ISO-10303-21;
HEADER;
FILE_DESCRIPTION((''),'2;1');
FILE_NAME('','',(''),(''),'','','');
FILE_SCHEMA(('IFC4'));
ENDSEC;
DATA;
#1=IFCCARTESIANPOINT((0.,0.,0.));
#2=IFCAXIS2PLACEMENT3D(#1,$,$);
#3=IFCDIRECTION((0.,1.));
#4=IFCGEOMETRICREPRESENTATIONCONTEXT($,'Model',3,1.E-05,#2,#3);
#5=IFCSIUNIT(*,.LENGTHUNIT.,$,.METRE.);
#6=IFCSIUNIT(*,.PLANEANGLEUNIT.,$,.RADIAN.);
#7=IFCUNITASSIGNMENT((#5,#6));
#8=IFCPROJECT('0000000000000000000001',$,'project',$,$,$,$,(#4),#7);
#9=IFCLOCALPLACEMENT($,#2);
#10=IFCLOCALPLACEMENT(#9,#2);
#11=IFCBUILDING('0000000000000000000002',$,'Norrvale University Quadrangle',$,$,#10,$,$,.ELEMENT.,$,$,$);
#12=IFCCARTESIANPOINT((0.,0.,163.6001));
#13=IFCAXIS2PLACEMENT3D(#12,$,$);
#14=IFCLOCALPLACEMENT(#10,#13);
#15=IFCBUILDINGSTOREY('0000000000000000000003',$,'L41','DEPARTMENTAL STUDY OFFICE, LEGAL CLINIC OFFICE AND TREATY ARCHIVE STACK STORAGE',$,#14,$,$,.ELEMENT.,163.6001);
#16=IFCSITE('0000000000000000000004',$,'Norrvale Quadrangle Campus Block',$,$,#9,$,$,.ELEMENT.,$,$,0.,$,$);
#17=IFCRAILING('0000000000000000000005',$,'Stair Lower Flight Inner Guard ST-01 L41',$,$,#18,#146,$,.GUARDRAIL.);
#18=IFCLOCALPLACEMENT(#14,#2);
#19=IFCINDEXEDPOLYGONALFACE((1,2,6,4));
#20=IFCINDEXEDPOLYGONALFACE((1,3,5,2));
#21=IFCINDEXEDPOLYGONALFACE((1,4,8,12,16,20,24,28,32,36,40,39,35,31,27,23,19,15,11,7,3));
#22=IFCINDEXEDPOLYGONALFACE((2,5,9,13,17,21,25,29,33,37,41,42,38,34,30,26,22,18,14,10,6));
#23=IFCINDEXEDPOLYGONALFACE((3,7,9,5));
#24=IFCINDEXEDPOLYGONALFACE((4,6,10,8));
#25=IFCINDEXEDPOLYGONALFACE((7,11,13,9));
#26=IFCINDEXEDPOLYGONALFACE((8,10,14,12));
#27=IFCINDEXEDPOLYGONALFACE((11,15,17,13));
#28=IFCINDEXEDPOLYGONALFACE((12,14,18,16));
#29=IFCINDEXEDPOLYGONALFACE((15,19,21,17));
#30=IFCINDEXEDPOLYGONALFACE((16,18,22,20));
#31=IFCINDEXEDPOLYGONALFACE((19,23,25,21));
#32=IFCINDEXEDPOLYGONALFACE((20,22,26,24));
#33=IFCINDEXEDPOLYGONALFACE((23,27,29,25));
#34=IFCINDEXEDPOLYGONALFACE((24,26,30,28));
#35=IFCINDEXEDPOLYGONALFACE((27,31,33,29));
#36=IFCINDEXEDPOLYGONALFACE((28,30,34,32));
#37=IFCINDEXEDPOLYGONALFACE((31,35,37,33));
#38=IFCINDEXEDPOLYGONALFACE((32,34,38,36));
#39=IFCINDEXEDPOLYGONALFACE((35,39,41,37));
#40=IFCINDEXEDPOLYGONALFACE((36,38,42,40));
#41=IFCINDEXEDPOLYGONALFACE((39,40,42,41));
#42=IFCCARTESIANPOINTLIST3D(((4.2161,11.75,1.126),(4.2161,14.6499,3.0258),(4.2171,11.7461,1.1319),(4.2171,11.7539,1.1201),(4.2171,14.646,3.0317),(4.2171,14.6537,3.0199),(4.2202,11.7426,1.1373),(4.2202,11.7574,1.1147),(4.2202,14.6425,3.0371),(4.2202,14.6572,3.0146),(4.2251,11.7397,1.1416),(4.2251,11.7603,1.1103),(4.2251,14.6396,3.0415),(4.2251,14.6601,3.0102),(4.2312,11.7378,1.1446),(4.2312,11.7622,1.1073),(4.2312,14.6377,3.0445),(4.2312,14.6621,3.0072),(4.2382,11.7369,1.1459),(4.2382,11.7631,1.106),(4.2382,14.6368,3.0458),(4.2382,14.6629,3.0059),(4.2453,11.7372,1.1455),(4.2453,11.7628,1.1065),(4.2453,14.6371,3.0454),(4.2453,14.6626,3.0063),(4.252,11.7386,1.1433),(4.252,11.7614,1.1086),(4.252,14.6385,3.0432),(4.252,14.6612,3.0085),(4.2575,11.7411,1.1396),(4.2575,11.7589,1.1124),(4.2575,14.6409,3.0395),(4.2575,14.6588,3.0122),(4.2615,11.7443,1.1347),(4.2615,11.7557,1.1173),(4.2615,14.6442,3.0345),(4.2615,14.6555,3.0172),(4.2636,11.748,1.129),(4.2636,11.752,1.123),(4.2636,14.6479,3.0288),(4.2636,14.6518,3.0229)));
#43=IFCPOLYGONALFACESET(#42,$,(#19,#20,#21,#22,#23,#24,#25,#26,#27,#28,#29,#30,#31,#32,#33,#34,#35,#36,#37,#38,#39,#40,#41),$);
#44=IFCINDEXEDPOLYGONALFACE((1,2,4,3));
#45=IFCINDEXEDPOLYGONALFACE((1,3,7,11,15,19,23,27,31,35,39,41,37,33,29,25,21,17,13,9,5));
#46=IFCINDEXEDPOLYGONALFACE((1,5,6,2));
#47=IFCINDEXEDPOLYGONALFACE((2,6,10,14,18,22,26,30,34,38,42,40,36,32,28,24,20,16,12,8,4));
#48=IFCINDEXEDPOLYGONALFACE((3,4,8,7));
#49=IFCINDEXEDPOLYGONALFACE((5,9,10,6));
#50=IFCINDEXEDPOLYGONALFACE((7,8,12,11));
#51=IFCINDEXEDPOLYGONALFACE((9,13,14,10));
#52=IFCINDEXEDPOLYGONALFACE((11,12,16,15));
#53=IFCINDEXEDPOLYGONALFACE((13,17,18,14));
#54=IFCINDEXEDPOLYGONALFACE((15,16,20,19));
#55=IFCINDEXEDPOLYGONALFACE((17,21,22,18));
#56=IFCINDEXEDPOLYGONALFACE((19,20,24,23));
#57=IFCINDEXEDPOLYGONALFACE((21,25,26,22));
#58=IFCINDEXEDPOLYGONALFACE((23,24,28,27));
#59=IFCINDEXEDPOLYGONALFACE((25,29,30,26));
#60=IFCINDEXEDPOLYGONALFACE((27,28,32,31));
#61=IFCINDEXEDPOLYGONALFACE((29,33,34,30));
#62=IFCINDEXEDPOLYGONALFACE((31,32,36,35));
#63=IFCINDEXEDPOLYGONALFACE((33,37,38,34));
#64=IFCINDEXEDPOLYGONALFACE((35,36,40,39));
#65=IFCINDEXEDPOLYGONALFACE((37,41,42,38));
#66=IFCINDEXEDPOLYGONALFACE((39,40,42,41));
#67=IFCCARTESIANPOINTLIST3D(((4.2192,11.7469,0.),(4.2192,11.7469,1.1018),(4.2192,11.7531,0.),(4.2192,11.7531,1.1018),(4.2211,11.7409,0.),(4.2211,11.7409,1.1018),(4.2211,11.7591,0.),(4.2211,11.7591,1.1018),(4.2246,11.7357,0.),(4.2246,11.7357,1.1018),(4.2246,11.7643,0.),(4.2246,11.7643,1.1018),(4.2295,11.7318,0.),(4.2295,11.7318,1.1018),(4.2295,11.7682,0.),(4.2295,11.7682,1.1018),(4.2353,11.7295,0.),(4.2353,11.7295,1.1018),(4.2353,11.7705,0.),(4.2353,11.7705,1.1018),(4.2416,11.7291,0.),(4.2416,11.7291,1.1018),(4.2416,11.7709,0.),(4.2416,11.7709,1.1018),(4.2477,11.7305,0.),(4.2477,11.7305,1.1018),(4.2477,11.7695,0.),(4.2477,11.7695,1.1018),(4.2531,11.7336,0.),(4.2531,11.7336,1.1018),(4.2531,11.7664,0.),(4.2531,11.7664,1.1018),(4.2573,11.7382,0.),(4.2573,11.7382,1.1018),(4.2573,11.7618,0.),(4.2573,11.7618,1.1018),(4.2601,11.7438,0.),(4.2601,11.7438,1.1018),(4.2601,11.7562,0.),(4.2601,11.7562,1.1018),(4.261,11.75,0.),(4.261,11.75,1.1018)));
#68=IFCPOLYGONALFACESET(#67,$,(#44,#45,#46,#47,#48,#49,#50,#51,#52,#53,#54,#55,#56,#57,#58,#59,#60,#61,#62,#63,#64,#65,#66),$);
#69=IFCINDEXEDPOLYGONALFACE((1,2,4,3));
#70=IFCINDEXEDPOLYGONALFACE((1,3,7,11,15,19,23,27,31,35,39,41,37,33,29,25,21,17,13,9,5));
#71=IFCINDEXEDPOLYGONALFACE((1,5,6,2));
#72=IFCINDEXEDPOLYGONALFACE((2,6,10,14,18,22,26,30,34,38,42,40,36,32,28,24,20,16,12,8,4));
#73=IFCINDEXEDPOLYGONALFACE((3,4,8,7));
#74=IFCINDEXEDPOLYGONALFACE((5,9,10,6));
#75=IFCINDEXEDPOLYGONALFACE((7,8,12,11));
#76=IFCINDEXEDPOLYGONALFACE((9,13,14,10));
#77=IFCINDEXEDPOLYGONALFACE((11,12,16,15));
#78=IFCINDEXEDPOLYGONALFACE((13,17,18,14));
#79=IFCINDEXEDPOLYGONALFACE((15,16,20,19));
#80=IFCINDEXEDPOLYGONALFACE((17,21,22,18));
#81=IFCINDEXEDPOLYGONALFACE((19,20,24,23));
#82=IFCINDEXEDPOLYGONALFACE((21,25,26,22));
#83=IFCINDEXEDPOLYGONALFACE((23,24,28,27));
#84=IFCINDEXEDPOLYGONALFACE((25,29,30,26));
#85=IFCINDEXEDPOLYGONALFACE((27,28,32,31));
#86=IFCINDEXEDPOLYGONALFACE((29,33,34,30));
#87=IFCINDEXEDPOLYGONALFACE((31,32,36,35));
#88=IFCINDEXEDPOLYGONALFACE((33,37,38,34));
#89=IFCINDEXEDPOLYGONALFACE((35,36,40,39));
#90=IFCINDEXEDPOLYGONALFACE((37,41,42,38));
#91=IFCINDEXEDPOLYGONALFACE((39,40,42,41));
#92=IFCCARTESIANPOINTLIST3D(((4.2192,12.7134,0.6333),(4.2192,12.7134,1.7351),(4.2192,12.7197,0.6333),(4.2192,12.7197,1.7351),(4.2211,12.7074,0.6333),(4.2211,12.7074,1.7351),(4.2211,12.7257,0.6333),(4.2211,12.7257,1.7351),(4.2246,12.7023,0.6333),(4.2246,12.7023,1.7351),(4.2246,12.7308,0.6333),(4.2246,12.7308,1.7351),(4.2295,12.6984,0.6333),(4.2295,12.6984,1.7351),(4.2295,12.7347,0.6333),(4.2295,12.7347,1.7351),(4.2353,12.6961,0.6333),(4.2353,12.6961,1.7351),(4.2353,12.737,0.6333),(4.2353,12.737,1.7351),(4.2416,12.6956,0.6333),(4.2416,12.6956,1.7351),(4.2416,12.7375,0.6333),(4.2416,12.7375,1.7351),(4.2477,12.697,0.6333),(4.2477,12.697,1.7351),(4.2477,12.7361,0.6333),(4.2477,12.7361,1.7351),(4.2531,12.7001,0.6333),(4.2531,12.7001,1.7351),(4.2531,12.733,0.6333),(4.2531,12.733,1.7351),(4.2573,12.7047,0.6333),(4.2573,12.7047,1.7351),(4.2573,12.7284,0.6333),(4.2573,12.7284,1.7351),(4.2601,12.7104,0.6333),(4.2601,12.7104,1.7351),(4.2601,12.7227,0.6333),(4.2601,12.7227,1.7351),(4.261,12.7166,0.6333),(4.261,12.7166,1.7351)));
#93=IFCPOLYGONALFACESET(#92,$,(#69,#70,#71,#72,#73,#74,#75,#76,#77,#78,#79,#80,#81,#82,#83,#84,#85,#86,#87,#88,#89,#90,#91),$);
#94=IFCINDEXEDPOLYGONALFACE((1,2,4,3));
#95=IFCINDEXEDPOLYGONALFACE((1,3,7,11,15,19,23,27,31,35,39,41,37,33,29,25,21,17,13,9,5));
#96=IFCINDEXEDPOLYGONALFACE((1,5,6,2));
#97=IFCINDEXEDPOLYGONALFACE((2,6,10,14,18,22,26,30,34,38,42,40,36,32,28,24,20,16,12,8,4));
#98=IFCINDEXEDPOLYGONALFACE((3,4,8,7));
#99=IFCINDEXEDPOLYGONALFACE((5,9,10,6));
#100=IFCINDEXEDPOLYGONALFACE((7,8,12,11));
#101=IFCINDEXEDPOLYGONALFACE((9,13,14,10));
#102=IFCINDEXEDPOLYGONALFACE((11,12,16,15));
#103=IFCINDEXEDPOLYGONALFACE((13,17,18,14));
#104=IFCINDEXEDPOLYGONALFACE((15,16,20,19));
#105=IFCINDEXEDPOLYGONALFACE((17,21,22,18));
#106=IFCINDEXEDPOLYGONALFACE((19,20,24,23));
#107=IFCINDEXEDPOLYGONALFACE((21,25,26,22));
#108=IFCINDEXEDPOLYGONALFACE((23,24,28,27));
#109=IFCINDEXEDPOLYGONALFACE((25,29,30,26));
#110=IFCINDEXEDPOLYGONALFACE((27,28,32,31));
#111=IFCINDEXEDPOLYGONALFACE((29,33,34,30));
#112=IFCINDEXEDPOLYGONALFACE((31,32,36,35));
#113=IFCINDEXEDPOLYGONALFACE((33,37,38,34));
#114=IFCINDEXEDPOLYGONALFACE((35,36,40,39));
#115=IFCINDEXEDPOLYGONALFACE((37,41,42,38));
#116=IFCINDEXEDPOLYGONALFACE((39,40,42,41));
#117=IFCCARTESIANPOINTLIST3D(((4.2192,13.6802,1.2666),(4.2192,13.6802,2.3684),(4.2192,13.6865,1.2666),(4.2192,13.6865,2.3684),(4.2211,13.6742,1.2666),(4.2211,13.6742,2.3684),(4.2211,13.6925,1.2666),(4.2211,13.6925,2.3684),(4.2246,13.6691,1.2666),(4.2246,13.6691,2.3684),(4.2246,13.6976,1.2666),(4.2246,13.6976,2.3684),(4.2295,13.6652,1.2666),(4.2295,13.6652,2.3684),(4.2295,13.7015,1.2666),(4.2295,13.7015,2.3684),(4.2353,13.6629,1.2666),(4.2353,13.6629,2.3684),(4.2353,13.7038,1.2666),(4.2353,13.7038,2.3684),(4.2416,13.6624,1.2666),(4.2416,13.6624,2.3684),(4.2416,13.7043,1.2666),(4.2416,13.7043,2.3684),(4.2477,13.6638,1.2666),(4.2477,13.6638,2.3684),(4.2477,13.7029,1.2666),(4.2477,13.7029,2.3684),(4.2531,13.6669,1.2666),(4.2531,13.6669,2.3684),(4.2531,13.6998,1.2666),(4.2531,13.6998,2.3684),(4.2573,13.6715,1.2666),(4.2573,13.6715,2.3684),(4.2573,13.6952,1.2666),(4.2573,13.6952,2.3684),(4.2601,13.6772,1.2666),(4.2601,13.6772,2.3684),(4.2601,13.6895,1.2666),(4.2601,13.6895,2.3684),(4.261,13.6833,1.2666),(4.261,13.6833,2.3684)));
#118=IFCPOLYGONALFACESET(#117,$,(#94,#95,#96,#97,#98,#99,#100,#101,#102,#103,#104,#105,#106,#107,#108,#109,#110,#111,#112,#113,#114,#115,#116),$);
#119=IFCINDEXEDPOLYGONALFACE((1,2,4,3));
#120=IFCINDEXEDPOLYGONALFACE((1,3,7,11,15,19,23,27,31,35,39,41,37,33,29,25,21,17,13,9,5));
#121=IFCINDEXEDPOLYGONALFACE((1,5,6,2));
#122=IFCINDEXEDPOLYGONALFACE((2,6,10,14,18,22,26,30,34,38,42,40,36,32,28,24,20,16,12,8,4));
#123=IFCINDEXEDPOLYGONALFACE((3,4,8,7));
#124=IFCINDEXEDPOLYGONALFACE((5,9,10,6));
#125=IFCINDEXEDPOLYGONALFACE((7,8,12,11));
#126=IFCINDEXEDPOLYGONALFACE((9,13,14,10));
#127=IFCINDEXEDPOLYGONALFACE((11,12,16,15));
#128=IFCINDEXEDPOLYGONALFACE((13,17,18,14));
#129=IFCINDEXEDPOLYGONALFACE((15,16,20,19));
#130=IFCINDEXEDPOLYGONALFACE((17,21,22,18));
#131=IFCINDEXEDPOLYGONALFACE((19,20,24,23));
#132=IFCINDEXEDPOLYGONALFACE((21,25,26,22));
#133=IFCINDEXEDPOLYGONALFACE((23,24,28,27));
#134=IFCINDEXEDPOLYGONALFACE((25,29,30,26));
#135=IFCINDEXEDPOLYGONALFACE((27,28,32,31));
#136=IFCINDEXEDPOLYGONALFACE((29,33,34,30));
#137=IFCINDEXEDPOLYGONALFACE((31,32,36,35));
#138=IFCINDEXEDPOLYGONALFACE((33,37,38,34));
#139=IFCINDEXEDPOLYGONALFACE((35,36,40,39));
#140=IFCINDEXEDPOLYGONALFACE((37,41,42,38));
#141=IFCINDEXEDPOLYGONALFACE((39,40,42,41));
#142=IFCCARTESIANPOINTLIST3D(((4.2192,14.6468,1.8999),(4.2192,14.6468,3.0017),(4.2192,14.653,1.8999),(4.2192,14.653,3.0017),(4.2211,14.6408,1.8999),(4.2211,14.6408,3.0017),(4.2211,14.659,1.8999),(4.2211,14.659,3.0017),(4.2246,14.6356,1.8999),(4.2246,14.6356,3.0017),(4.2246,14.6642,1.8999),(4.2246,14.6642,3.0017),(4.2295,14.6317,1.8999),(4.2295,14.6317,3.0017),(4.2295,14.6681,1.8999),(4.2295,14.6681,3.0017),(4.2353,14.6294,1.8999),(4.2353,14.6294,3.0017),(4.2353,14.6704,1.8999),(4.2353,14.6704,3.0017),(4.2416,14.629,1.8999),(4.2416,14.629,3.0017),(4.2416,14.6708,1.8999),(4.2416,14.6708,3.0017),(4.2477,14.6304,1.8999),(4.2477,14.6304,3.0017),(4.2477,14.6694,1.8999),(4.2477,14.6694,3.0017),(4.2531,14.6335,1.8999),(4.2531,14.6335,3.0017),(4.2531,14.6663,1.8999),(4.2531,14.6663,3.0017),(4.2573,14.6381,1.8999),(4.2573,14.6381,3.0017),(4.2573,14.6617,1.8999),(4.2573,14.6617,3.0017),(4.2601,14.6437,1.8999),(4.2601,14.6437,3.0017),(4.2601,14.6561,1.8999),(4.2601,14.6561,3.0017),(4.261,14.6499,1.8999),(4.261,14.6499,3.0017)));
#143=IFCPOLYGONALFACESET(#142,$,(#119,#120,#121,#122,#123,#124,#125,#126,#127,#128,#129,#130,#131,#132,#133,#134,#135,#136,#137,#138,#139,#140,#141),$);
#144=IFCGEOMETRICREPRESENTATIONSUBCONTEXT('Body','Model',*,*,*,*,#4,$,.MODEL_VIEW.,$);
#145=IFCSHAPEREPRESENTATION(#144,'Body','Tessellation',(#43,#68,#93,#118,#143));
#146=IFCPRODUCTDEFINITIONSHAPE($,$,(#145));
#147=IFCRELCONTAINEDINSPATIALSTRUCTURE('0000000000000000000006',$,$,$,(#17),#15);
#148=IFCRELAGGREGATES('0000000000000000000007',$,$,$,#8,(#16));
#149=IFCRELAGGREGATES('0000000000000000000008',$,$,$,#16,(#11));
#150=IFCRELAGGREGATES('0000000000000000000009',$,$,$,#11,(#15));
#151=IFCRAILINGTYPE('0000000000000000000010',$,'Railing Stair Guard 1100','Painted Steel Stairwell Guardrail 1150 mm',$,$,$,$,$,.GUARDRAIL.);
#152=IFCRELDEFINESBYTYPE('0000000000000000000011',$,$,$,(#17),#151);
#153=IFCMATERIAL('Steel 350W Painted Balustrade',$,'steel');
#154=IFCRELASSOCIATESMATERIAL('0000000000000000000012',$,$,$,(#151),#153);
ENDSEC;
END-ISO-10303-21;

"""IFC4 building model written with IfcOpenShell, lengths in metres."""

from ifc_helpers import new_model, si_unit, direction, frame, origin, origin_2d, place, context, subcontext, project, spatial, circle, extrude, material, type_object, element, save


model = new_model("IFC4")

# Units and contexts
model_context = context("Model", 3, precision=1e-05, world=origin(), true_north=direction((0.0, 1.0)))
body_context = subcontext(model_context, "Body", "Model", "MODEL_VIEW")
ifc_project = project(units=[si_unit("LENGTHUNIT", "METRE"), si_unit("PLANEANGLEUNIT", "RADIAN")], contexts=[model_context])

# Site, building, storey
site_placement = place(None, origin())
site = spatial("IfcSite", under=ifc_project, at=site_placement, Name="Norrvale Quadrangle Campus Block", CompositionType="ELEMENT", RefElevation=0.0)
building_placement = place(site_placement, origin())
building = spatial("IfcBuilding", under=site, at=building_placement, Name="Norrvale University Quadrangle", CompositionType="ELEMENT")
storey_placement = place(building_placement, frame((0.0, 0.0, 163.6001)))
storey = spatial("IfcBuildingStorey", under=building, at=storey_placement, Name="L41", Description="DEPARTMENTAL STUDY OFFICE, LEGAL CLINIC OFFICE AND TREATY ARCHIVE STACK STORAGE", CompositionType="ELEMENT", Elevation=163.6001)

# Railing
ifc_material_1 = material(Name="Steel 350W Painted Balustrade", Category="steel")
railing_type_1 = type_object("IfcRailingType", Name="Railing Stair Guard 1100", Description="Painted Steel Stairwell Guardrail 1150 mm", PredefinedType="GUARDRAIL", material=ifc_material_1)
railing_1_placement = place(storey_placement, frame((4.24, 11.75, 0.0)))
element("IfcRailing", 1, at=railing_1_placement, inside=storey, type_object=railing_type_1, Name="Stair Lower Flight Inner Guard ST-01 L41", PredefinedType="GUARDRAIL", context=body_context, shape_type="SweptSolid", body=[
    extrude(circle(Radius=0.0239, at=origin_2d()), frame((0.0, 0.0, 1.126), z_axis=(0.0, 0.836466, 0.548019), x_axis=(-1.0, 0.0, 0.0)), (0.0, 0.0, 1.0), 3.4668),
    extrude(circle(Radius=0.021, at=origin_2d()), origin(), (0.0, 0.0, 1.0), 1.1018),
    extrude(circle(Radius=0.021, at=origin_2d()), frame((0.0, 0.9666, 0.6333)), (0.0, 0.0, 1.0), 1.1018),
    extrude(circle(Radius=0.021, at=origin_2d()), frame((0.0, 1.9333, 1.2666)), (0.0, 0.0, 1.0), 1.1018),
    extrude(circle(Radius=0.021, at=origin_2d()), frame((0.0, 2.8999, 1.8999)), (0.0, 0.0, 1.0), 1.1018),
])

save(model, "model.ifc")
